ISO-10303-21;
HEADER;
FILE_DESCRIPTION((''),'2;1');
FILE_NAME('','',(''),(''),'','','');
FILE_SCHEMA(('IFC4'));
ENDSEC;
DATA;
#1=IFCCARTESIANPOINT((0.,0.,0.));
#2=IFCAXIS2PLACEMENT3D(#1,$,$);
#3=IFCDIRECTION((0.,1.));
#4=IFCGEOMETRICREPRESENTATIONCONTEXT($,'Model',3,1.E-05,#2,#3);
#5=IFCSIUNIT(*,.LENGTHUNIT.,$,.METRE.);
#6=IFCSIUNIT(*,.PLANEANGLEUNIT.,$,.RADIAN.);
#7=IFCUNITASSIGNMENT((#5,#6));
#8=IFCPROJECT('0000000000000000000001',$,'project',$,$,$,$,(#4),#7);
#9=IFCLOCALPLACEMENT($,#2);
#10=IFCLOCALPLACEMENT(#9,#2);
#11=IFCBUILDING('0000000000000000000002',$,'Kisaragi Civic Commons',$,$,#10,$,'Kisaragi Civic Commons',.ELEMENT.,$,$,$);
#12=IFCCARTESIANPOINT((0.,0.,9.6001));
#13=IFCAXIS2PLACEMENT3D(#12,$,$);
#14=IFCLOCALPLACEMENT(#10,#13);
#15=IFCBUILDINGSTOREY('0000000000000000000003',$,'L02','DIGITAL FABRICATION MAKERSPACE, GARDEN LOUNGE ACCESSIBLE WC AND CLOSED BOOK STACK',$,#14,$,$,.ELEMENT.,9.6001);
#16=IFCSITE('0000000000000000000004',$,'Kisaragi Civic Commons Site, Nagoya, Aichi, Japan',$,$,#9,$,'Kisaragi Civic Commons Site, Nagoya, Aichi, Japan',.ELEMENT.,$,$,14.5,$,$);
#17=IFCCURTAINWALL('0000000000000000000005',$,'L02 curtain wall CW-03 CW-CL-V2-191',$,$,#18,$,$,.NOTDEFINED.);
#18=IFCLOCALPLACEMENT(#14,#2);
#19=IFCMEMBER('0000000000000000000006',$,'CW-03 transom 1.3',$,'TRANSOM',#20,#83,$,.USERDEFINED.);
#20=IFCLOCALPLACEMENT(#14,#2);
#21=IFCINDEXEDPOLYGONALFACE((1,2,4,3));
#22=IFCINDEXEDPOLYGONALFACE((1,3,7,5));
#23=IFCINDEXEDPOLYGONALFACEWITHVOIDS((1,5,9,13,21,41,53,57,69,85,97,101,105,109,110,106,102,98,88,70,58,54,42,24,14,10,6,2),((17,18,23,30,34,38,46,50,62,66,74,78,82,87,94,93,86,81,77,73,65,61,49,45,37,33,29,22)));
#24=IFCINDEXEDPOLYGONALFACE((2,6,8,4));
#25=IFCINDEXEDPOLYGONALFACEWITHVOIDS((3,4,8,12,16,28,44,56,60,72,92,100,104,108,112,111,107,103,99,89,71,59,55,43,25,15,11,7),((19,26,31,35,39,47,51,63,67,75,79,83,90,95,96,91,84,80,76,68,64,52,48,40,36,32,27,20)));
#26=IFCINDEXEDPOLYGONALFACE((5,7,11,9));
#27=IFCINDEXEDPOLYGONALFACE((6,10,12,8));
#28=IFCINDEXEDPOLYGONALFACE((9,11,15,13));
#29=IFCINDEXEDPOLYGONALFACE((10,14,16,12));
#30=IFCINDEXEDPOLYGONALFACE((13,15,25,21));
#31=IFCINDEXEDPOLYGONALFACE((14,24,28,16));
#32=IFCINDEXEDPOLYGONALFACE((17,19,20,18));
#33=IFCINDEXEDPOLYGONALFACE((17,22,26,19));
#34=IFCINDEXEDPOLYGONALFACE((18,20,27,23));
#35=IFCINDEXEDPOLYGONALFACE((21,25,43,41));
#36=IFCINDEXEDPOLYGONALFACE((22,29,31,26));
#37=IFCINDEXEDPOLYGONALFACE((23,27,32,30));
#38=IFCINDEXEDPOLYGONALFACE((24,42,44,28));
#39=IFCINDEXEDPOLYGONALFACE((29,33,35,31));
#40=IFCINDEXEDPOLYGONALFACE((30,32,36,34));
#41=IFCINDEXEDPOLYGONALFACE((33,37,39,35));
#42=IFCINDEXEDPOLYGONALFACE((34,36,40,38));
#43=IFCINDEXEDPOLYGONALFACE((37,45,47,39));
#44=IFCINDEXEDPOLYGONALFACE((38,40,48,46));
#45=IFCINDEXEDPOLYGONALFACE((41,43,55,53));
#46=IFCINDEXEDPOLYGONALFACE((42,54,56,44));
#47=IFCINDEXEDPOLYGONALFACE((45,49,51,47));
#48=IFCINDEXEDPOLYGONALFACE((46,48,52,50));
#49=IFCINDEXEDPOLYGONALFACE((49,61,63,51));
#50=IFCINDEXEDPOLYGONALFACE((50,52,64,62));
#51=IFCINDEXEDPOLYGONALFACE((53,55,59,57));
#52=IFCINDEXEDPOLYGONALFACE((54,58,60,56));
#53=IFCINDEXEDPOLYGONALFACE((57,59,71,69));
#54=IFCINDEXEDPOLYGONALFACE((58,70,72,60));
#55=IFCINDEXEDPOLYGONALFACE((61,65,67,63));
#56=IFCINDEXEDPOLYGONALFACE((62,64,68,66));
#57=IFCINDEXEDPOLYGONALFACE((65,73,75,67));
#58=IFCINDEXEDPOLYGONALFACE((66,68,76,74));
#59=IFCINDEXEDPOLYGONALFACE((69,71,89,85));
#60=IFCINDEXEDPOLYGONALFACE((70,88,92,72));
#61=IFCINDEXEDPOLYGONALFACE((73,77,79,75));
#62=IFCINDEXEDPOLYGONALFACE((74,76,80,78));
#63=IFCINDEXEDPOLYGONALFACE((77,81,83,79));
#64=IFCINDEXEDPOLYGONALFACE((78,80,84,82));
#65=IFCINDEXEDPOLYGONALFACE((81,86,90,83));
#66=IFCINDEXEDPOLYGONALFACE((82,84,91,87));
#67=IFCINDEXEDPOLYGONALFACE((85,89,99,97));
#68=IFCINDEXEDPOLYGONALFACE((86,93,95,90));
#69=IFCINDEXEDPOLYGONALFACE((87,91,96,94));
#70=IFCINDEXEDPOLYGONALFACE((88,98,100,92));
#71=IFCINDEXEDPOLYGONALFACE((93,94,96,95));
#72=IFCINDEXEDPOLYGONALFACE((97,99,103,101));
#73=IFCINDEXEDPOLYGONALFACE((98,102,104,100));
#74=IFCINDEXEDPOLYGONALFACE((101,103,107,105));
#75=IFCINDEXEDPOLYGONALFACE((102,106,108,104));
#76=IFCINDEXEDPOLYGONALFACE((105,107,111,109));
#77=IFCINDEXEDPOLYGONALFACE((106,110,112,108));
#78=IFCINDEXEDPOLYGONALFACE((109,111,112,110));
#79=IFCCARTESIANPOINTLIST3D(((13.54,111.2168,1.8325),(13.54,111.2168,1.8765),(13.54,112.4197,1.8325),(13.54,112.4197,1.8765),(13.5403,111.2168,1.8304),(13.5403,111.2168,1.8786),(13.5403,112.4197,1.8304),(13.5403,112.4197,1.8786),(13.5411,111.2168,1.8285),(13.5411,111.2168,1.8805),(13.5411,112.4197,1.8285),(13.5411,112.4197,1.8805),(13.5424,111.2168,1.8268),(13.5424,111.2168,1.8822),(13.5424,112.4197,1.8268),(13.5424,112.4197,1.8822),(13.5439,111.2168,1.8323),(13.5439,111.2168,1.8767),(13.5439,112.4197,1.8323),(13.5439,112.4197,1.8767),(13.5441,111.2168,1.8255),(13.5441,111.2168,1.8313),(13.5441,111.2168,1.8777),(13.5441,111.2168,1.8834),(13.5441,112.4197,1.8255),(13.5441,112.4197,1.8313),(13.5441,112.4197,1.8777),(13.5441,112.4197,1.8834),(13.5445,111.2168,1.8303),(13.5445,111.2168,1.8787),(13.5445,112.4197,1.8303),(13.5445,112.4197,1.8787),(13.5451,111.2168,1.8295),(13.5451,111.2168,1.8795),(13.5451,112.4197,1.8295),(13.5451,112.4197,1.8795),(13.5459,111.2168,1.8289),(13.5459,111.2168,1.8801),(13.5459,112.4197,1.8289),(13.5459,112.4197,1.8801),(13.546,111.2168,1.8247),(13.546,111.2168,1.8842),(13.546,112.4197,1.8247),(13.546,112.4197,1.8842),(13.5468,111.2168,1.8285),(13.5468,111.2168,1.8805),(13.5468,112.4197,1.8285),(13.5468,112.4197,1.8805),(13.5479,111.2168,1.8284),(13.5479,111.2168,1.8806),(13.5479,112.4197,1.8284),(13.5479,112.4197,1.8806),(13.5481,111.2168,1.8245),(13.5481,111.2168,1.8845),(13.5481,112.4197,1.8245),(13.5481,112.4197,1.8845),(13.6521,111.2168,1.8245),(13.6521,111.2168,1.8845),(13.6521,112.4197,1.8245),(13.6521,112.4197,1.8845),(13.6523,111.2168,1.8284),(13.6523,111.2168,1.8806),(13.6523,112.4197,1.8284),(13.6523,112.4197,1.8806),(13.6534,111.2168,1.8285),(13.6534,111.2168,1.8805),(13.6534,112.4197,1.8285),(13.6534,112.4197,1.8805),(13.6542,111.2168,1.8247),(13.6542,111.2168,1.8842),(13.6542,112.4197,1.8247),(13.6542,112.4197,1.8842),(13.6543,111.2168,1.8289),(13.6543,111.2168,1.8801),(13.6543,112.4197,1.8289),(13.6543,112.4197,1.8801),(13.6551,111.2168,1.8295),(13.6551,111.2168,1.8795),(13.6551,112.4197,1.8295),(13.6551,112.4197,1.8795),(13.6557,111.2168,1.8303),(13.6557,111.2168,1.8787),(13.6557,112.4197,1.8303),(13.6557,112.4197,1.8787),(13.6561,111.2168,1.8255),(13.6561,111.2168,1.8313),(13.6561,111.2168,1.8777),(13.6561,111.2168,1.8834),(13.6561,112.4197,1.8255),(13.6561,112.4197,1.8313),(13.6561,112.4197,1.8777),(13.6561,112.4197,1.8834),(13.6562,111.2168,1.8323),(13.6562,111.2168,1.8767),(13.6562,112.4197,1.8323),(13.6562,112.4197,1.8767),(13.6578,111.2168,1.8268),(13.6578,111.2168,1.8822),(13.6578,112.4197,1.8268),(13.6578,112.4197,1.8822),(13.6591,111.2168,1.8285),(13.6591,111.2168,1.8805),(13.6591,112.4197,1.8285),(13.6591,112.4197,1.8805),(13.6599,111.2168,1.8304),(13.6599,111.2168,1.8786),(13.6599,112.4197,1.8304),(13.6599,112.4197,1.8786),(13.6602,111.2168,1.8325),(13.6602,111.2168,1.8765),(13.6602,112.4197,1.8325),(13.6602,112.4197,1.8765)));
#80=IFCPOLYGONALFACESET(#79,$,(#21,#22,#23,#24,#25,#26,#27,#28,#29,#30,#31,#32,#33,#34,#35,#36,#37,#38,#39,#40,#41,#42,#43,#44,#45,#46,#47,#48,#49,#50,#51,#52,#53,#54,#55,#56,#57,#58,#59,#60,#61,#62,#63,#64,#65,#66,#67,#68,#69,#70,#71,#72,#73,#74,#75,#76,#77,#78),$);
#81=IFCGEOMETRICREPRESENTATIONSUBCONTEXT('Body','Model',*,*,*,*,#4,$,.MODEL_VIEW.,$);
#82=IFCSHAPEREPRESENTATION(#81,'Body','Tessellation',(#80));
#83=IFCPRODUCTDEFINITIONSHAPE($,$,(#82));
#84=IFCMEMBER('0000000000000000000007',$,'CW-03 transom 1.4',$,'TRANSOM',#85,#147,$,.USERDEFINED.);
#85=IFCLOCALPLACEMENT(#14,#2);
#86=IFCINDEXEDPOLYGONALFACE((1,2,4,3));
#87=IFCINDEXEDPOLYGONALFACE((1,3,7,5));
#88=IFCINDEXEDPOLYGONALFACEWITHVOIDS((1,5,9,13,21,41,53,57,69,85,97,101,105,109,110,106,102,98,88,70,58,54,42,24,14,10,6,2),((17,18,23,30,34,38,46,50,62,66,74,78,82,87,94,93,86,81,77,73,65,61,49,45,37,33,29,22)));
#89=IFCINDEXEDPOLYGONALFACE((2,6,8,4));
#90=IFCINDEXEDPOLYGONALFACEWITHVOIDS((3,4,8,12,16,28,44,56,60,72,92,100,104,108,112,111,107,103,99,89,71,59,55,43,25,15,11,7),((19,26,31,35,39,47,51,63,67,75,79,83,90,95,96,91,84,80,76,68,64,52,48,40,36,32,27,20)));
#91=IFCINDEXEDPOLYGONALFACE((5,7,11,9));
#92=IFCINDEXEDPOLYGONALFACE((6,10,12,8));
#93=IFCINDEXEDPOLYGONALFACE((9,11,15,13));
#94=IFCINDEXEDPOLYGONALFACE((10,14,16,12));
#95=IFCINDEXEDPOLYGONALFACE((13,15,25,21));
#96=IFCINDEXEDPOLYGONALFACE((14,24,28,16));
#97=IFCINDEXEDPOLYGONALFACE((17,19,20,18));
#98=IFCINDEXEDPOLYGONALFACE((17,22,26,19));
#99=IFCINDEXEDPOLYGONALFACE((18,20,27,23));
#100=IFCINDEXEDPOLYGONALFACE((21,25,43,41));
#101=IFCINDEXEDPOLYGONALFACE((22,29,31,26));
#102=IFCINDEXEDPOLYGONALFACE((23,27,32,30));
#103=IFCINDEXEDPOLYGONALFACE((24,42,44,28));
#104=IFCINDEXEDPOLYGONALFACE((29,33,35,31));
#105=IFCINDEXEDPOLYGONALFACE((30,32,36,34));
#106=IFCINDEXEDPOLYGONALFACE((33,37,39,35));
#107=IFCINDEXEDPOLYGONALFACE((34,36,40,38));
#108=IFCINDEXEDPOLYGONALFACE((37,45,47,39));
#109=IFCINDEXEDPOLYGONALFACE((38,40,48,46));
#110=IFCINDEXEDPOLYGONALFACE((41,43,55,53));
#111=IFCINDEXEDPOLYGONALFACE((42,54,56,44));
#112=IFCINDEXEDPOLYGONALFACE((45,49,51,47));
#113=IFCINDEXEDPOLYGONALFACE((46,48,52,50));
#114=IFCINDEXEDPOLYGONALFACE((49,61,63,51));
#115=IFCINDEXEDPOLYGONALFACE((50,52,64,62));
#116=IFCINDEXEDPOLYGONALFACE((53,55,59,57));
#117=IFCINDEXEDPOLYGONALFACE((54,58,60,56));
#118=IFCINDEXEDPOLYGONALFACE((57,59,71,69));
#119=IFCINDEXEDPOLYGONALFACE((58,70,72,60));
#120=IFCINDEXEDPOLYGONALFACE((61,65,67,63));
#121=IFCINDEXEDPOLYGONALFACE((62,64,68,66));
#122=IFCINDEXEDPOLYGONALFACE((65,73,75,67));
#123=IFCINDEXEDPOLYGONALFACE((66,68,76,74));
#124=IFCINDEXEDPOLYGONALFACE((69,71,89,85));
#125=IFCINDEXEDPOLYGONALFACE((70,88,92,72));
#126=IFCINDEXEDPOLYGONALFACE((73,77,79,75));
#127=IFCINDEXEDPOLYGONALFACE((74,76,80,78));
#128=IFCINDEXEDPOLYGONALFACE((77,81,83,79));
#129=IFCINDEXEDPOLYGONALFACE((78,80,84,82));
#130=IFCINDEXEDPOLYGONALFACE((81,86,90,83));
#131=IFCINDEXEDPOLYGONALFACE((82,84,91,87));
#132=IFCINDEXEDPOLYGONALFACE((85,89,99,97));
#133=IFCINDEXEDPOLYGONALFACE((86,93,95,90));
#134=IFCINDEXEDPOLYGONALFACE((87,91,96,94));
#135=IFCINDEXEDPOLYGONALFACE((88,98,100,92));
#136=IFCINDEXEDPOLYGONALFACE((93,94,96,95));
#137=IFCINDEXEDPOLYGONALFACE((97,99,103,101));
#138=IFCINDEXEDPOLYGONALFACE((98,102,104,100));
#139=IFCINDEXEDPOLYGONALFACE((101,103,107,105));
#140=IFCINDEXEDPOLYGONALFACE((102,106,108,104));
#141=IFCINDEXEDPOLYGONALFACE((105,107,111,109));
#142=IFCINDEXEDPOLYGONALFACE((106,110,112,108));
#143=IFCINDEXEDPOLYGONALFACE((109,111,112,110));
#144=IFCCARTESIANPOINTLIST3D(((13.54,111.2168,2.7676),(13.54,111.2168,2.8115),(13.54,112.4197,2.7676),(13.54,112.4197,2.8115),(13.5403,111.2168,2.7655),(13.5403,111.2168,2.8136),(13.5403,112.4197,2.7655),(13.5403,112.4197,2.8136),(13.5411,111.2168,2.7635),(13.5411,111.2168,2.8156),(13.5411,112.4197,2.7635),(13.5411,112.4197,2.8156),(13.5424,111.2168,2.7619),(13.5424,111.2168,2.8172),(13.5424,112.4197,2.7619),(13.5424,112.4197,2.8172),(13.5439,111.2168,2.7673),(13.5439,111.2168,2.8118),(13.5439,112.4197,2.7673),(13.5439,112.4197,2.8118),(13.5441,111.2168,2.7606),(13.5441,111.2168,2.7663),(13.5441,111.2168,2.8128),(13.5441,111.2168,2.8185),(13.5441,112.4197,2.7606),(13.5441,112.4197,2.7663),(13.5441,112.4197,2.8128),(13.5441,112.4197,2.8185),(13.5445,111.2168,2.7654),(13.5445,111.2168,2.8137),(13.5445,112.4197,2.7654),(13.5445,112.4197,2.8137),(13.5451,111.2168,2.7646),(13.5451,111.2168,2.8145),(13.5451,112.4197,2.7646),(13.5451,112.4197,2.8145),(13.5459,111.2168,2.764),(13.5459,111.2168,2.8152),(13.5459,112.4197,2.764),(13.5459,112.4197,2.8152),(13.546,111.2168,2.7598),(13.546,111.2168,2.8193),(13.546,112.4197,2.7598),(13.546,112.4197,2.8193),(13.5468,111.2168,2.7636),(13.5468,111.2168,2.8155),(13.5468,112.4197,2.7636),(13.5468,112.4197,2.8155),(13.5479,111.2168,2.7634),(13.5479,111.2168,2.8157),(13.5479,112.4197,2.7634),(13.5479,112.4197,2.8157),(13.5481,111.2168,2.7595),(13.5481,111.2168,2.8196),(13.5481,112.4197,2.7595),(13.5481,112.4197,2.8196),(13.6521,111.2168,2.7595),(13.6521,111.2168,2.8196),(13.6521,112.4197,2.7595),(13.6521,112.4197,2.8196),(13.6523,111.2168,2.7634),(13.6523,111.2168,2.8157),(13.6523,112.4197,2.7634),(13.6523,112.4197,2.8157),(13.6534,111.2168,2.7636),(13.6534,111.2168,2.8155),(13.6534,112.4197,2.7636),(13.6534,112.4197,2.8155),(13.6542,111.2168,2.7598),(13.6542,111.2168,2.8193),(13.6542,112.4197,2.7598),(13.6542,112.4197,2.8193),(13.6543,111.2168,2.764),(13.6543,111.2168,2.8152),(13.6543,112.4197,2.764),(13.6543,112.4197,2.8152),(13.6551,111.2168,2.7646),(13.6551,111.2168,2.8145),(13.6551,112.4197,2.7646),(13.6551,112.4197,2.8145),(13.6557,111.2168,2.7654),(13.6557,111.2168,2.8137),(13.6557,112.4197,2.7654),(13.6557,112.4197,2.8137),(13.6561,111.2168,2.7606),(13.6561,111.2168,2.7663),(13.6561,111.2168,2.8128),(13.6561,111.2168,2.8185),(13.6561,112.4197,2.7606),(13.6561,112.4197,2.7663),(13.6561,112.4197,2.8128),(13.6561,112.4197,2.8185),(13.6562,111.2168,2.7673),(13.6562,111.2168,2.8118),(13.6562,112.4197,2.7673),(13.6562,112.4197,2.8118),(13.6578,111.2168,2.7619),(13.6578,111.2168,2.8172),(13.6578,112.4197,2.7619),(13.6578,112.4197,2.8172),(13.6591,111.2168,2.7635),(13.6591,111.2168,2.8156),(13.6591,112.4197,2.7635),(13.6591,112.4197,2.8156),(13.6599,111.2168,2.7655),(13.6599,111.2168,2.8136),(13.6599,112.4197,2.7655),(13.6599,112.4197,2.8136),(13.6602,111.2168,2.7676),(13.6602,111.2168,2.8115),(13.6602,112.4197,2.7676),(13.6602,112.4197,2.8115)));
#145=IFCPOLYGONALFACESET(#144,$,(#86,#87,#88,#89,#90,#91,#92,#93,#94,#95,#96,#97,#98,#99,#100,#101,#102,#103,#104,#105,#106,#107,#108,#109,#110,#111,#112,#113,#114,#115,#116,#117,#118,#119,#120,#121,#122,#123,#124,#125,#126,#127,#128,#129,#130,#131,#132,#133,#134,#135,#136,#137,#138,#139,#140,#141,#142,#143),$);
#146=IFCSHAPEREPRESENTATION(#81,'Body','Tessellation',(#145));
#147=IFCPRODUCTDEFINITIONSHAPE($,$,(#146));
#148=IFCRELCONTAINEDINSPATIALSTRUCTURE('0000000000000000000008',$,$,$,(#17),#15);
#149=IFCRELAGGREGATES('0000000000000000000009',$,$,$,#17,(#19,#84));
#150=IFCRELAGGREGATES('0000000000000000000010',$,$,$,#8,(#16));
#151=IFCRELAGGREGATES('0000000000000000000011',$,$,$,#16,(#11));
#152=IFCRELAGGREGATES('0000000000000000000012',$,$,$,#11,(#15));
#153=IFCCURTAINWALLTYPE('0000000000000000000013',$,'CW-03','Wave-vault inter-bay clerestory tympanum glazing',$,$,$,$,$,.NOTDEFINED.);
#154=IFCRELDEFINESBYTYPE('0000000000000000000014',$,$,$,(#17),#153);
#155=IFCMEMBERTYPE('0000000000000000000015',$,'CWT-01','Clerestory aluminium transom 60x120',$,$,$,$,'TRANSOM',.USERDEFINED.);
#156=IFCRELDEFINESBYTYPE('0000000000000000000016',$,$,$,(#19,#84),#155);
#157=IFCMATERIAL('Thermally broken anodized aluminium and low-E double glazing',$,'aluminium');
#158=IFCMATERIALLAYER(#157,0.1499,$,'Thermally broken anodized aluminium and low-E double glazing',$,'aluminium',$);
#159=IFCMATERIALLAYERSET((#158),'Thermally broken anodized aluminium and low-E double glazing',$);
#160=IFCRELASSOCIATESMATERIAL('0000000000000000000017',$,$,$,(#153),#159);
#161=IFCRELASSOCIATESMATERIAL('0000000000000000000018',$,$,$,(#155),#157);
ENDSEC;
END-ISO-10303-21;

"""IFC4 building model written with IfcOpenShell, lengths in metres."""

from ifc_helpers import new_model, si_unit, direction, frame, origin, origin_2d, place, context, subcontext, project, spatial, hollow_rectangle, extrude, material, layer, layer_set, material_profile, profile_set, type_object, element, aggregate, save


model = new_model("IFC4")

# Units and contexts
model_context = context("Model", 3, precision=1e-05, world=origin(), true_north=direction((0.0, 1.0)))
body_context = subcontext(model_context, "Body", "Model", "MODEL_VIEW")
ifc_project = project(units=[si_unit("LENGTHUNIT", "METRE"), si_unit("PLANEANGLEUNIT", "RADIAN")], contexts=[model_context])

# Site, building, storey
site_placement = place(None, origin())
site = spatial("IfcSite", under=ifc_project, at=site_placement, Name="Kisaragi Civic Commons Site, Nagoya, Aichi, Japan", LongName="Kisaragi Civic Commons Site, Nagoya, Aichi, Japan", CompositionType="ELEMENT", RefElevation=14.5)
building_placement = place(site_placement, origin())
building = spatial("IfcBuilding", under=site, at=building_placement, Name="Kisaragi Civic Commons", LongName="Kisaragi Civic Commons", CompositionType="ELEMENT")
storey_placement = place(building_placement, frame((0.0, 0.0, 9.6001)))
storey = spatial("IfcBuildingStorey", under=building, at=storey_placement, Name="L02", Description="DIGITAL FABRICATION MAKERSPACE, GARDEN LOUNGE ACCESSIBLE WC AND CLOSED BOOK STACK", CompositionType="ELEMENT", Elevation=9.6001)

# Curtain wall
ifc_material_1 = material(Name="Thermally broken anodized aluminium and low-E double glazing", Category="aluminium")
ifc_layer_1 = layer(ifc_material_1, 0.1499, Name="Thermally broken anodized aluminium and low-E double glazing", Category="aluminium")
ifc_layer_set_1 = layer_set([ifc_layer_1], Name="Thermally broken anodized aluminium and low-E double glazing")
curtain_wall_type = type_object("IfcCurtainWallType", Name="CW-03", Description="Wave-vault inter-bay clerestory tympanum glazing", PredefinedType="NOTDEFINED", material=ifc_layer_set_1)
curtain_wall_1_placement = place(storey_placement, origin())
curtain_wall_1 = element("IfcCurtainWall", 1, at=curtain_wall_1_placement, inside=storey, type_object=curtain_wall_type, Name="L02 curtain wall CW-03 CW-CL-V2-191", PredefinedType="NOTDEFINED")

# Members
ifc_material_profile_1 = material_profile(ifc_material_1, hollow_rectangle(XDim=0.1201, YDim=0.0601, WallThickness=0.0039, InnerFilletRadius=0.0039, OuterFilletRadius=0.0081, at=origin_2d()), Name="CWT-60x120x4", Category="aluminium")
ifc_profile_set_1 = profile_set([ifc_material_profile_1], Name="Thermally broken anodized aluminium and low-E double glazing")
member_type_1 = type_object("IfcMemberType", Name="CWT-01", Description="Clerestory aluminium transom 60x120", ElementType="TRANSOM", PredefinedType="USERDEFINED", material=ifc_profile_set_1)
member_1_placement = place(storey_placement, frame((13.6001, 111.2168, 1.8545), z_axis=(0.0, 1.0, 0.0), x_axis=(-1.0, 0.0, 0.0)))
member_1 = element("IfcMember", 2, at=member_1_placement, type_object=member_type_1, Name="CW-03 transom 1.3", ObjectType="TRANSOM", PredefinedType="USERDEFINED", context=body_context, shape_type="SweptSolid", body=[
    extrude(hollow_rectangle(XDim=0.1201, YDim=0.0601, WallThickness=0.0039, InnerFilletRadius=0.0039, OuterFilletRadius=0.0081, at=origin_2d()), origin(), (0.0, 0.0, 1.0), 1.2029),
])
member_2_placement = place(storey_placement, frame((13.6001, 111.2168, 2.7896), z_axis=(0.0, 1.0, 0.0), x_axis=(-1.0, 0.0, 0.0)))
member_2 = element("IfcMember", 3, at=member_2_placement, type_object=member_type_1, Name="CW-03 transom 1.4", ObjectType="TRANSOM", PredefinedType="USERDEFINED", context=body_context, shape_type="SweptSolid", body=[
    extrude(hollow_rectangle(XDim=0.1201, YDim=0.0601, WallThickness=0.0039, InnerFilletRadius=0.0039, OuterFilletRadius=0.0081, at=origin_2d()), origin(), (0.0, 0.0, 1.0), 1.2029),
])

aggregate(curtain_wall_1, [member_1, member_2])

save(model, "model.ifc")
